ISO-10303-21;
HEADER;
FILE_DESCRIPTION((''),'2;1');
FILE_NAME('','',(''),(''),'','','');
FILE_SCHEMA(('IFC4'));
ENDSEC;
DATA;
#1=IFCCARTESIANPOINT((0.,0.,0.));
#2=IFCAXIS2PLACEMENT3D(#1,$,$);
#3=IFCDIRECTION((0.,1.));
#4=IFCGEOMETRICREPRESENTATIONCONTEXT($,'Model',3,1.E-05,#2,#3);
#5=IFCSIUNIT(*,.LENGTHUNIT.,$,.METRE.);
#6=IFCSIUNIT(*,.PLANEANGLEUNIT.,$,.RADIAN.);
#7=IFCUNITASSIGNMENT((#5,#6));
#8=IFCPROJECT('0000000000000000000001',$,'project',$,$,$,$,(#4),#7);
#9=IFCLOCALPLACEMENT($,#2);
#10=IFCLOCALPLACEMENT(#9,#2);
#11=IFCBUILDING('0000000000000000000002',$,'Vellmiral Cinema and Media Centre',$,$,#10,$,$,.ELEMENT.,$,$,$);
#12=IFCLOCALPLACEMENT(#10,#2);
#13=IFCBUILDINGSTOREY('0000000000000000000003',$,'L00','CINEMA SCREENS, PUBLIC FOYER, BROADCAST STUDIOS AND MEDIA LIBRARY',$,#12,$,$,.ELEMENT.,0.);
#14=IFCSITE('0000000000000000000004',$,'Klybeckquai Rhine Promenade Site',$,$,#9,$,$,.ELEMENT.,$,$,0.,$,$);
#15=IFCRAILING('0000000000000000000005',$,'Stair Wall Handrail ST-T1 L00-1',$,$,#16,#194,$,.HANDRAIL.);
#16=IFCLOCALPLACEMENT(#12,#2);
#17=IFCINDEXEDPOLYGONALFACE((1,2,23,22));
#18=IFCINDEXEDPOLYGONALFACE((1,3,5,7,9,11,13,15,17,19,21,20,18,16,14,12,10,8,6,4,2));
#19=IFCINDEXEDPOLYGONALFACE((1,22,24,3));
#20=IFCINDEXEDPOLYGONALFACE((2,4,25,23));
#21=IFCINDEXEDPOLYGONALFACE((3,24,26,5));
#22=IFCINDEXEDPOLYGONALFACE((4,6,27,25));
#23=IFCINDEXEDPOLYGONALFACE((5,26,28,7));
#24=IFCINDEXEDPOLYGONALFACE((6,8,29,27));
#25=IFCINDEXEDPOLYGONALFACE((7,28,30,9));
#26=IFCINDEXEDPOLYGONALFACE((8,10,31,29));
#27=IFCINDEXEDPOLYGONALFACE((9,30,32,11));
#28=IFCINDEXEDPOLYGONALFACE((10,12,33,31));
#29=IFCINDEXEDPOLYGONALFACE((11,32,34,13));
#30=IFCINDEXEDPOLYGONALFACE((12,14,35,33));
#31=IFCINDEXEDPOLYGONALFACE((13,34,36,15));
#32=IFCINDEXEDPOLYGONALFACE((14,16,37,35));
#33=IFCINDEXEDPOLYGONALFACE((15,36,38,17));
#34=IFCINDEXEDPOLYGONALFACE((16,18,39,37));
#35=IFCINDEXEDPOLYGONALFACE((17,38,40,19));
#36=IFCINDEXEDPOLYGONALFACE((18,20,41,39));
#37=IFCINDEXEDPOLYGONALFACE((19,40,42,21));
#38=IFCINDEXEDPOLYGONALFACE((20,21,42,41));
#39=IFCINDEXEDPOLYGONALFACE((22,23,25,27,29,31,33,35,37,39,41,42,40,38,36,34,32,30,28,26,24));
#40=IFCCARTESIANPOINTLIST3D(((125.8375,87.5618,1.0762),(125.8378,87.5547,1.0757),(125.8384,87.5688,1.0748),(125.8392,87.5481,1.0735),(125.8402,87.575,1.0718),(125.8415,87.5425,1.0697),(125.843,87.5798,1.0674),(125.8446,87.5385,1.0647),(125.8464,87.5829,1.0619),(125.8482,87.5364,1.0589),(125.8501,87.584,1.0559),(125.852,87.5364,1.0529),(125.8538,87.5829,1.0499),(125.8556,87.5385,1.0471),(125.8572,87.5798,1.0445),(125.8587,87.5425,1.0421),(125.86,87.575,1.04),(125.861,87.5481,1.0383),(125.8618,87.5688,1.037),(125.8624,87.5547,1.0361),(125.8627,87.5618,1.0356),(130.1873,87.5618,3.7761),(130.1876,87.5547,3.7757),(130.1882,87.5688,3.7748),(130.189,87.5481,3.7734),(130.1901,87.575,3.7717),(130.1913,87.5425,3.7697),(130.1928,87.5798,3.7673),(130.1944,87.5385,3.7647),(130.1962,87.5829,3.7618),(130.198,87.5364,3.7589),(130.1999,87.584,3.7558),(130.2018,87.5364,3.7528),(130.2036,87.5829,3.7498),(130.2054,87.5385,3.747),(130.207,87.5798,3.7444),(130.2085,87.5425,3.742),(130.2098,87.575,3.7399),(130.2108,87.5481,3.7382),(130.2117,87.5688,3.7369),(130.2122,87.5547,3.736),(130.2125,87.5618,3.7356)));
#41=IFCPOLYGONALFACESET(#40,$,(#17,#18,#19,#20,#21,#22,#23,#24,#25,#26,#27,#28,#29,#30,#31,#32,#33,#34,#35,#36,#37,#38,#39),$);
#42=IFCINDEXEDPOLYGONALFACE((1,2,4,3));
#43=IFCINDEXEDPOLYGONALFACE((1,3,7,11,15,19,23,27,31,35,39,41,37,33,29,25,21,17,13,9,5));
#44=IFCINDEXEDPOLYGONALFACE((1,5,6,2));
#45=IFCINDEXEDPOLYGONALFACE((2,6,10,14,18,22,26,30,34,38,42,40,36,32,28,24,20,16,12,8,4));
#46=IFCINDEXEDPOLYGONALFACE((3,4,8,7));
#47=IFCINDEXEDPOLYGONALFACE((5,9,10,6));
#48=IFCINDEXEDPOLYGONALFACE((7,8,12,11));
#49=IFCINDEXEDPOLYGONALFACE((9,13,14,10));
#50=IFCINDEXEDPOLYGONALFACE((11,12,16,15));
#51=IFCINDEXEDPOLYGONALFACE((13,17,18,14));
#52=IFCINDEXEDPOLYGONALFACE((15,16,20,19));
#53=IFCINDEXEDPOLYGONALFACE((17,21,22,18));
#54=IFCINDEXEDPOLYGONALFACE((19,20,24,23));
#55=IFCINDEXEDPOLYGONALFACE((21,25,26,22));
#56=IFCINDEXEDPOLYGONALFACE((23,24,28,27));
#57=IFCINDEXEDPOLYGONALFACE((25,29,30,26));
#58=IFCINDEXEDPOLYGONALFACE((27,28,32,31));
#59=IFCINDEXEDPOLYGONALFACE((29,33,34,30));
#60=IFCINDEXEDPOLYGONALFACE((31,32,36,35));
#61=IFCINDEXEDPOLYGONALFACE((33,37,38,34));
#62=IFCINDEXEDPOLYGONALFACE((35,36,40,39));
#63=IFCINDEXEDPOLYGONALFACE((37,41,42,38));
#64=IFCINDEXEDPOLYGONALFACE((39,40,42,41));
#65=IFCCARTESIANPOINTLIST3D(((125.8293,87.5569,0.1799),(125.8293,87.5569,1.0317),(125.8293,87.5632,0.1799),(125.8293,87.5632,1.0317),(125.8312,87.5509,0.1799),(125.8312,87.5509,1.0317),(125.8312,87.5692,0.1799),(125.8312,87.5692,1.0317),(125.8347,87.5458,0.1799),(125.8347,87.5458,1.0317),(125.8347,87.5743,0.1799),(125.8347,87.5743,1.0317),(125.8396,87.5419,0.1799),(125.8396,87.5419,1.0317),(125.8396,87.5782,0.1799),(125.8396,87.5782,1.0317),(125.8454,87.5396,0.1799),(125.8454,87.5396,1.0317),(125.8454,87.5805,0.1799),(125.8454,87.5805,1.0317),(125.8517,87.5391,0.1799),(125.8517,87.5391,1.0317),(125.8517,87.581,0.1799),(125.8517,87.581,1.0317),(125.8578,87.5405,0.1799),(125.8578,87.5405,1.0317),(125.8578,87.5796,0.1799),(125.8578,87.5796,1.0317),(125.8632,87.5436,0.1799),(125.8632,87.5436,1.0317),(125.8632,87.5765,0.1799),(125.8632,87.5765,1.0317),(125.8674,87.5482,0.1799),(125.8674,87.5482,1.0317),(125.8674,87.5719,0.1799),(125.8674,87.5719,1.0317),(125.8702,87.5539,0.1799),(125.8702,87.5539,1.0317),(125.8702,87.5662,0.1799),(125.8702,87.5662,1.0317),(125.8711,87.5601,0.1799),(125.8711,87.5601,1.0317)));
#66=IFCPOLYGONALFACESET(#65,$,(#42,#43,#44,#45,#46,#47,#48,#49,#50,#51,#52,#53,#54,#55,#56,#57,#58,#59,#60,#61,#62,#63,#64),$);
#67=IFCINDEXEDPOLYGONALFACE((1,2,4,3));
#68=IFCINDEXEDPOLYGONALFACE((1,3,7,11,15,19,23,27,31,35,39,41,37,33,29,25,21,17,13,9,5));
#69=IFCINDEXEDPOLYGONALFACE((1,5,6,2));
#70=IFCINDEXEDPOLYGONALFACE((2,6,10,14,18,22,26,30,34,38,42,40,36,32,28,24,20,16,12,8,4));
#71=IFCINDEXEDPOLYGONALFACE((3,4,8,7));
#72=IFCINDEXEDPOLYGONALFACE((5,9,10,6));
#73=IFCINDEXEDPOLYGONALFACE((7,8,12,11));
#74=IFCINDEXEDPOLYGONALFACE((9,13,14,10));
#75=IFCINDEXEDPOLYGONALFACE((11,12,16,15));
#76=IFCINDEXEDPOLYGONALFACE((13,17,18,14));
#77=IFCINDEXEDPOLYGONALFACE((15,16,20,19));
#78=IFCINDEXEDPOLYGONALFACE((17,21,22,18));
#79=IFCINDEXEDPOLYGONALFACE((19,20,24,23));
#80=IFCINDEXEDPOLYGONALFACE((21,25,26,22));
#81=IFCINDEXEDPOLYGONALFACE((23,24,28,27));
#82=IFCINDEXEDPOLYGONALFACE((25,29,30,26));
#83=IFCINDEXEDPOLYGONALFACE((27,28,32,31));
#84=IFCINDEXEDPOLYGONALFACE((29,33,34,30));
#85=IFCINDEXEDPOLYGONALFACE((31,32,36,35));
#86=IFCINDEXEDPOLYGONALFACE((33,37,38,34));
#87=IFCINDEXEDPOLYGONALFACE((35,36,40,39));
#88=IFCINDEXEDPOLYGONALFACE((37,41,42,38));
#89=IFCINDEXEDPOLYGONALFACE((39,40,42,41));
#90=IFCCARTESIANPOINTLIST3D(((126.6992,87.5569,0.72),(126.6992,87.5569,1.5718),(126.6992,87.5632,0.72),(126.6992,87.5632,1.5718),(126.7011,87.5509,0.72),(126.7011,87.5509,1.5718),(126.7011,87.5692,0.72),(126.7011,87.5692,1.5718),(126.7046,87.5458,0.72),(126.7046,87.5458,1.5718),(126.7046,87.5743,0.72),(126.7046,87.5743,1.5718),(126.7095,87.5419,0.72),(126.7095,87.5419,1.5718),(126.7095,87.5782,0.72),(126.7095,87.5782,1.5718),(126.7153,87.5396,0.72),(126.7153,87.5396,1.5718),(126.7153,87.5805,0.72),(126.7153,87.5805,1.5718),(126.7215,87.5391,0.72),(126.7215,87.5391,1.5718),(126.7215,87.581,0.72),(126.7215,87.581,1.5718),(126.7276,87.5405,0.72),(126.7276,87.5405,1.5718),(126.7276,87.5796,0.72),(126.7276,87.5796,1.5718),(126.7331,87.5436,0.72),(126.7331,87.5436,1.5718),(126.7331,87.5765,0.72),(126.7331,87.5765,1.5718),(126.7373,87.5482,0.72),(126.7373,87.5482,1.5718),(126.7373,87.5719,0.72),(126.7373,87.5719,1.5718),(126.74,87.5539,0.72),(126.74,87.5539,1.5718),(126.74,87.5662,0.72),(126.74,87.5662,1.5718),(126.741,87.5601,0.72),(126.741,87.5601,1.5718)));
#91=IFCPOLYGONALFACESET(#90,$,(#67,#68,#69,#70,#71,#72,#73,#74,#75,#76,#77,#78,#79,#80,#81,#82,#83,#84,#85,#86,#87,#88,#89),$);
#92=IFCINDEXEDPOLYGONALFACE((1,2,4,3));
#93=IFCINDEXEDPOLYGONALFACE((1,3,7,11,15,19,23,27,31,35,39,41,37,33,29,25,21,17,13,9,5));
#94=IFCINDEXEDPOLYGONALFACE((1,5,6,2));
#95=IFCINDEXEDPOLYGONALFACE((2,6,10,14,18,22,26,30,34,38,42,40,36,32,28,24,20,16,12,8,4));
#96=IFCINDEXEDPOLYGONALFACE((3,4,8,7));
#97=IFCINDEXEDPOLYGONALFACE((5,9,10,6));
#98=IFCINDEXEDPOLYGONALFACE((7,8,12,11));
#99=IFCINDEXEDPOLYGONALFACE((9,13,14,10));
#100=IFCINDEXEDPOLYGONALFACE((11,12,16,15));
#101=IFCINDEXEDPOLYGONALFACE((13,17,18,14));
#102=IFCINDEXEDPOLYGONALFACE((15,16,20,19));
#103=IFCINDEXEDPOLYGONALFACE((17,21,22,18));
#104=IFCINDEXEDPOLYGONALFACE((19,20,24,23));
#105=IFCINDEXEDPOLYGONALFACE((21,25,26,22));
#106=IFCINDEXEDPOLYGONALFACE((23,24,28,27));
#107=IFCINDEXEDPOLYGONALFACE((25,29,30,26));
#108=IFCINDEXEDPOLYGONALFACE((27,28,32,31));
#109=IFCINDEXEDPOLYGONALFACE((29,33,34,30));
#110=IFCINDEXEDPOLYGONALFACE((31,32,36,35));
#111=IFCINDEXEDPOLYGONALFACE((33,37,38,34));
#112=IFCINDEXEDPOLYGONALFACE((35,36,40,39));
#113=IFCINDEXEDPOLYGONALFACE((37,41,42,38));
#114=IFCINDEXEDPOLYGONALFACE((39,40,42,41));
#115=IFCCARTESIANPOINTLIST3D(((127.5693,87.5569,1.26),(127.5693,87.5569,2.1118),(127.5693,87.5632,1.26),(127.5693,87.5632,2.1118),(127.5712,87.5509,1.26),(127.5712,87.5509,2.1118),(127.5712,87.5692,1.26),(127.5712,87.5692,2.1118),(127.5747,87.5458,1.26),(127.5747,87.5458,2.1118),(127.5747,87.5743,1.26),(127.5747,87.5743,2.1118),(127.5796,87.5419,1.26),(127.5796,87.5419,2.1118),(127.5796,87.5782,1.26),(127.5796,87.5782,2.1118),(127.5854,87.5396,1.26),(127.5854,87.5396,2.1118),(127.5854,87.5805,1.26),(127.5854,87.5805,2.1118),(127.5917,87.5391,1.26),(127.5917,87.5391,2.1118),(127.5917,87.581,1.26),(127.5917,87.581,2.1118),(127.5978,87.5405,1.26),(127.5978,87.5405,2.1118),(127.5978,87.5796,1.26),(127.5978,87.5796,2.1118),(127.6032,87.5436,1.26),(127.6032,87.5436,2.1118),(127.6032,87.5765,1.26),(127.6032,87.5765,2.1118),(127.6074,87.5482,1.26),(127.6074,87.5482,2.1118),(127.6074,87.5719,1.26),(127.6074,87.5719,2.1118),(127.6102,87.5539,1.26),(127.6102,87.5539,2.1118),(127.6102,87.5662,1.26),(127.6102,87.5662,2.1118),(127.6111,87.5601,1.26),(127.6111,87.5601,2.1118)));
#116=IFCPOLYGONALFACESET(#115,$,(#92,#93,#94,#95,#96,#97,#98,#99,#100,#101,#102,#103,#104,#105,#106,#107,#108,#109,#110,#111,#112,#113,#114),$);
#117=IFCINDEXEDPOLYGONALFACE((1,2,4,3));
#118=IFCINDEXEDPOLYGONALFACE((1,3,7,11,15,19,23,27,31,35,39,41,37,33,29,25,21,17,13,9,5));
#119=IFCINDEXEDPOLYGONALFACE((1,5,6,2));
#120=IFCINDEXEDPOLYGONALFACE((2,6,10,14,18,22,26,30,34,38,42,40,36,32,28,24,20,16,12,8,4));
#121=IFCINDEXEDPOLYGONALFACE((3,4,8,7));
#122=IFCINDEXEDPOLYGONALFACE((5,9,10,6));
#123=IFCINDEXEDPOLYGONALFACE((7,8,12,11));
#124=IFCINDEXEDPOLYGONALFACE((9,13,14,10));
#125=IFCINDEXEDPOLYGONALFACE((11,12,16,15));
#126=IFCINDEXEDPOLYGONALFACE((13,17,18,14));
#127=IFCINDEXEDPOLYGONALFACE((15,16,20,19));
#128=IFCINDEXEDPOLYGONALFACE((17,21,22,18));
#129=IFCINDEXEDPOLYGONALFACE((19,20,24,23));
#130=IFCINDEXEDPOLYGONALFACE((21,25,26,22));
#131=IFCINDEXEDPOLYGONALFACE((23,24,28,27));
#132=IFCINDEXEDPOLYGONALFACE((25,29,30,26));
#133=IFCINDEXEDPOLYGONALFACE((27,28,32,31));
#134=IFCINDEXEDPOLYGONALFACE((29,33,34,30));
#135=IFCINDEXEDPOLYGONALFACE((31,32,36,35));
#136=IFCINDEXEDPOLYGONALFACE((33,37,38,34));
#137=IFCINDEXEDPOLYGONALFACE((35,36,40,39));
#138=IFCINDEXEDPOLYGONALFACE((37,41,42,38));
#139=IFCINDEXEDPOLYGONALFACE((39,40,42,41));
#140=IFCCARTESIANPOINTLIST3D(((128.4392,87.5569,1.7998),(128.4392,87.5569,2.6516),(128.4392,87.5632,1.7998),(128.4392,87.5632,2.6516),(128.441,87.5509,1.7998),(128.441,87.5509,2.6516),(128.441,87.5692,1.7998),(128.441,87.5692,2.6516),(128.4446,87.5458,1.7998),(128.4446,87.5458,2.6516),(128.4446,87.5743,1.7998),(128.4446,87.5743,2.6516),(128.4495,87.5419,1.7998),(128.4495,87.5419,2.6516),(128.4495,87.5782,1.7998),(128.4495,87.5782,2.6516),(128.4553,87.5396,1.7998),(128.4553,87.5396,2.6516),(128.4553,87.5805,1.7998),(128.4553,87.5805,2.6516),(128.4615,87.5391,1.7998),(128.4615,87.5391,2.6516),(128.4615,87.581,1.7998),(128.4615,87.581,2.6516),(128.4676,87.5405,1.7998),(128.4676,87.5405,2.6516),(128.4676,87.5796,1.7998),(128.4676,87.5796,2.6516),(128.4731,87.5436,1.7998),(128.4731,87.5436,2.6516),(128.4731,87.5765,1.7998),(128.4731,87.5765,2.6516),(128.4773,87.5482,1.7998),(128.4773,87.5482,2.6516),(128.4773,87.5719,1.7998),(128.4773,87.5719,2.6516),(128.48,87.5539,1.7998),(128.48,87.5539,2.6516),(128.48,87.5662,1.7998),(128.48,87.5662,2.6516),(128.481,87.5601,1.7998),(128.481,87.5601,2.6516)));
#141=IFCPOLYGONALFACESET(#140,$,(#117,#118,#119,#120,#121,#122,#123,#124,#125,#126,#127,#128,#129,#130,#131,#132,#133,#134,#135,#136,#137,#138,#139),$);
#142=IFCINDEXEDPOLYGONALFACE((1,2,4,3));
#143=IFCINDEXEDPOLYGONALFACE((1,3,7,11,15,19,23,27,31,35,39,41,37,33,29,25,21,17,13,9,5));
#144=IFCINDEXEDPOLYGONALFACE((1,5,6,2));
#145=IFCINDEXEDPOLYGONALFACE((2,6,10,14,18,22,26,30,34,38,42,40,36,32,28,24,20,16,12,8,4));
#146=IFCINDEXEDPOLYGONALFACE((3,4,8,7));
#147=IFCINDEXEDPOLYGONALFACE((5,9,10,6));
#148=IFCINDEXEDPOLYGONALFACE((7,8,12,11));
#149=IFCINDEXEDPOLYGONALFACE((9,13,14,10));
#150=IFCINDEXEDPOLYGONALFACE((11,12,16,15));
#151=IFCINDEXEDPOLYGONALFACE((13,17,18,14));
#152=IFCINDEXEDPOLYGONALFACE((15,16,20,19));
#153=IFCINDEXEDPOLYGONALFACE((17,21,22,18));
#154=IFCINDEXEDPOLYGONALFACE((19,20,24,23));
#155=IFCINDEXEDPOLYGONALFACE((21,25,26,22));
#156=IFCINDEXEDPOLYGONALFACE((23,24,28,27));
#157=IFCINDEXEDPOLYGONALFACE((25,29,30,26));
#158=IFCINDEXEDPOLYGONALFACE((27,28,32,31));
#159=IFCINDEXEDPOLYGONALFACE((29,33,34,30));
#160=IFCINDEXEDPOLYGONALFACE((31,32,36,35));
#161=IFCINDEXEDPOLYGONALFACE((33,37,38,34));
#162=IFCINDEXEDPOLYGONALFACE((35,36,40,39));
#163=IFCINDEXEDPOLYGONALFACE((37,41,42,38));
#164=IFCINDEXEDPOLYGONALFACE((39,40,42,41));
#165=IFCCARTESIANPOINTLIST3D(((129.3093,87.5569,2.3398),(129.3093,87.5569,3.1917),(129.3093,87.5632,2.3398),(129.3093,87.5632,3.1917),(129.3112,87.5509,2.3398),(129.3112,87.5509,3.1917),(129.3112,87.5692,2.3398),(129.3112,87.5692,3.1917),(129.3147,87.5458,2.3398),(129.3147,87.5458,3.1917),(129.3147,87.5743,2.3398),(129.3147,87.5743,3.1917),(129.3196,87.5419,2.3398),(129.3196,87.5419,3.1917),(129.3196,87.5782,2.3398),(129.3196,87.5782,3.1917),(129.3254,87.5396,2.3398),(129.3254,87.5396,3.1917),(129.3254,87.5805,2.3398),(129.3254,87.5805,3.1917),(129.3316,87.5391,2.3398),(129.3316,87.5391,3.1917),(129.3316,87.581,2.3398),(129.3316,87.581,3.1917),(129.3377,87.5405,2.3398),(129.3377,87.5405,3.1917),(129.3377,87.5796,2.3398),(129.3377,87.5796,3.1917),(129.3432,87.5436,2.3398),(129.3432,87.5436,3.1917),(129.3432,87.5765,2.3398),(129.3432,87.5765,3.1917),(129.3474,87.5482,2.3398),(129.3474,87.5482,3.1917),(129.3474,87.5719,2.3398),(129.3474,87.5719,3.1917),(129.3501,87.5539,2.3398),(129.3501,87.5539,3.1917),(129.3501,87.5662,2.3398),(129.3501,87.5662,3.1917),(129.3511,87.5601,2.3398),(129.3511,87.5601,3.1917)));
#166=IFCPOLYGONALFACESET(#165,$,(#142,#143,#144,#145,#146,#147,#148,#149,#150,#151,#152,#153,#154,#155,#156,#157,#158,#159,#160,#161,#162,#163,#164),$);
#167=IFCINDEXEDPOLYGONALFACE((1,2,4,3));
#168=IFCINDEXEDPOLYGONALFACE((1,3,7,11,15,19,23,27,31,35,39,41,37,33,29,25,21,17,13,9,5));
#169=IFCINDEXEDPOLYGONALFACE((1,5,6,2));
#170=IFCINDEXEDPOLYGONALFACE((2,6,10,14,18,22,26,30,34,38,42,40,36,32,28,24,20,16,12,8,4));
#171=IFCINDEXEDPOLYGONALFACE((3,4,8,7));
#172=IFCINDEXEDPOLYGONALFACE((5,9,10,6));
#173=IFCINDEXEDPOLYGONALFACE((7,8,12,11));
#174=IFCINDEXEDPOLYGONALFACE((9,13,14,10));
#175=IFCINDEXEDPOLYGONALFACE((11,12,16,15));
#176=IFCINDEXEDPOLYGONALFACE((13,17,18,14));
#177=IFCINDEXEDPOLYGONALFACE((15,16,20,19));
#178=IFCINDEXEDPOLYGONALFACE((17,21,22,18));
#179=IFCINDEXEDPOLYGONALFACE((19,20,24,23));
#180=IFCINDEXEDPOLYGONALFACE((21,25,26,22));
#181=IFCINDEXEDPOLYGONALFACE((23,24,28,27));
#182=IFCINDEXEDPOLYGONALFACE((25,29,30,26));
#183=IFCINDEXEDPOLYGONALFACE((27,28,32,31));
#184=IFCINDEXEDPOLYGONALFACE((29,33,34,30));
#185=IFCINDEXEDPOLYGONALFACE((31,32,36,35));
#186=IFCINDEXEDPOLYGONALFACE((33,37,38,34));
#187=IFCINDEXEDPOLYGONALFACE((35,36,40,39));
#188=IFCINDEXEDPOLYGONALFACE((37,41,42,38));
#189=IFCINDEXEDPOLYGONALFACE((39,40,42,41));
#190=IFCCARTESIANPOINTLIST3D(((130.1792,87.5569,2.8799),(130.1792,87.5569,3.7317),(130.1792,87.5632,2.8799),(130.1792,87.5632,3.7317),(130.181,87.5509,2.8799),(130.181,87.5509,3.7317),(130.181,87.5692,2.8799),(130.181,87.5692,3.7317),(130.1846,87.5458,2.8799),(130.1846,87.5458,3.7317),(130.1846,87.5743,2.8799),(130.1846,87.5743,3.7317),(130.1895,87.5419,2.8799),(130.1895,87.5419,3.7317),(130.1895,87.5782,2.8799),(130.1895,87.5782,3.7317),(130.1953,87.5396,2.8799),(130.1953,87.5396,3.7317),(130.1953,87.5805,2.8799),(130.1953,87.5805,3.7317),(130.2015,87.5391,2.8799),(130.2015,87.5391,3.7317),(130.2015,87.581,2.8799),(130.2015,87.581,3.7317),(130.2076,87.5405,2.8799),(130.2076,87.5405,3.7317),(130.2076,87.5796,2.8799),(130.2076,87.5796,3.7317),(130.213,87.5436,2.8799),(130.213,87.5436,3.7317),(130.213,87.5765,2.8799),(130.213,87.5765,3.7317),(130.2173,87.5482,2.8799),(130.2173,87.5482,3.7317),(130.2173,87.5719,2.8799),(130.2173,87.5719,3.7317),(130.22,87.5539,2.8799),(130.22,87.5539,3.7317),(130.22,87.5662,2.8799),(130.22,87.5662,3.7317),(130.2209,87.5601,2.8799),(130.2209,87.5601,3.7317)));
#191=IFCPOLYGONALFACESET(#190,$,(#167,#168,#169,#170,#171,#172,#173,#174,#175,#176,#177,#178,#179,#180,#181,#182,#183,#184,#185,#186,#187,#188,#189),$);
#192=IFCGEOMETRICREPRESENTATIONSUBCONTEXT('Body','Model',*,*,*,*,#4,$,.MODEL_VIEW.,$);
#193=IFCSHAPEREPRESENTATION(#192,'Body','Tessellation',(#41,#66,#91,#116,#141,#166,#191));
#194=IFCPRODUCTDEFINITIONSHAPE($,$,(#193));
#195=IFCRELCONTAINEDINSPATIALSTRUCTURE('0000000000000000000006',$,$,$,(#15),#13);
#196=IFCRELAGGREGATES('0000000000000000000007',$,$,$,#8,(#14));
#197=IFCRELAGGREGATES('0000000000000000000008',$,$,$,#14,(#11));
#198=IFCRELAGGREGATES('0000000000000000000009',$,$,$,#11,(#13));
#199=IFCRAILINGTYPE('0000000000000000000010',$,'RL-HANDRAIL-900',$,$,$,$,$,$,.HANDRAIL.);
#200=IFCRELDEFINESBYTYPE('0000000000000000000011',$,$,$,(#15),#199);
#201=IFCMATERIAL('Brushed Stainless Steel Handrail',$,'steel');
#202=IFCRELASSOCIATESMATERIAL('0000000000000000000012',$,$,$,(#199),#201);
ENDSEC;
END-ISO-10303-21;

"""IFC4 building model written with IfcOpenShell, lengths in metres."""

from ifc_helpers import new_model, si_unit, direction, frame, origin, origin_2d, place, context, subcontext, project, spatial, circle, extrude, material, type_object, element, save


model = new_model("IFC4")

# Units and contexts
model_context = context("Model", 3, precision=1e-05, world=origin(), true_north=direction((0.0, 1.0)))
body_context = subcontext(model_context, "Body", "Model", "MODEL_VIEW")
ifc_project = project(units=[si_unit("LENGTHUNIT", "METRE"), si_unit("PLANEANGLEUNIT", "RADIAN")], contexts=[model_context])

# Site, building, storey
site_placement = place(None, origin())
site = spatial("IfcSite", under=ifc_project, at=site_placement, Name="Klybeckquai Rhine Promenade Site", CompositionType="ELEMENT", RefElevation=0.0)
building_placement = place(site_placement, origin())
building = spatial("IfcBuilding", under=site, at=building_placement, Name="Vellmiral Cinema and Media Centre", CompositionType="ELEMENT")
storey_placement = place(building_placement, origin())
storey = spatial("IfcBuildingStorey", under=building, at=storey_placement, Name="L00", Description="CINEMA SCREENS, PUBLIC FOYER, BROADCAST STUDIOS AND MEDIA LIBRARY", CompositionType="ELEMENT", Elevation=0.0)

# Railing
ifc_material_1 = material(Name="Brushed Stainless Steel Handrail", Category="steel")
railing_type_1 = type_object("IfcRailingType", Name="RL-HANDRAIL-900", PredefinedType="HANDRAIL", material=ifc_material_1)
railing_1_placement = place(storey_placement, frame((125.8501, 87.5601, 0.1799)))
element("IfcRailing", 1, at=railing_1_placement, inside=storey, type_object=railing_type_1, Name="Stair Wall Handrail ST-T1 L00-1", PredefinedType="HANDRAIL", context=body_context, shape_type="SweptSolid", body=[
    extrude(circle(Radius=0.0239, at=origin_2d()), frame((0.0, 0.0, 0.876), z_axis=(0.849636, 0.0, 0.527369), x_axis=(0.0, 1.0, 0.0)), (0.0, 0.0, 1.0), 5.1196),
    extrude(circle(Radius=0.021, at=origin_2d()), origin(), (0.0, 0.0, 1.0), 0.8518),
    extrude(circle(Radius=0.021, at=origin_2d()), frame((0.8699, 0.0, 0.54)), (0.0, 0.0, 1.0), 0.8518),
    extrude(circle(Radius=0.021, at=origin_2d()), frame((1.74, 0.0, 1.0801)), (0.0, 0.0, 1.0), 0.8518),
    extrude(circle(Radius=0.021, at=origin_2d()), frame((2.6099, 0.0, 1.6199)), (0.0, 0.0, 1.0), 0.8518),
    extrude(circle(Radius=0.021, at=origin_2d()), frame((3.48, 0.0, 2.1599)), (0.0, 0.0, 1.0), 0.8518),
    extrude(circle(Radius=0.021, at=origin_2d()), frame((4.3499, 0.0, 2.7)), (0.0, 0.0, 1.0), 0.8518),
])

save(model, "model.ifc")
